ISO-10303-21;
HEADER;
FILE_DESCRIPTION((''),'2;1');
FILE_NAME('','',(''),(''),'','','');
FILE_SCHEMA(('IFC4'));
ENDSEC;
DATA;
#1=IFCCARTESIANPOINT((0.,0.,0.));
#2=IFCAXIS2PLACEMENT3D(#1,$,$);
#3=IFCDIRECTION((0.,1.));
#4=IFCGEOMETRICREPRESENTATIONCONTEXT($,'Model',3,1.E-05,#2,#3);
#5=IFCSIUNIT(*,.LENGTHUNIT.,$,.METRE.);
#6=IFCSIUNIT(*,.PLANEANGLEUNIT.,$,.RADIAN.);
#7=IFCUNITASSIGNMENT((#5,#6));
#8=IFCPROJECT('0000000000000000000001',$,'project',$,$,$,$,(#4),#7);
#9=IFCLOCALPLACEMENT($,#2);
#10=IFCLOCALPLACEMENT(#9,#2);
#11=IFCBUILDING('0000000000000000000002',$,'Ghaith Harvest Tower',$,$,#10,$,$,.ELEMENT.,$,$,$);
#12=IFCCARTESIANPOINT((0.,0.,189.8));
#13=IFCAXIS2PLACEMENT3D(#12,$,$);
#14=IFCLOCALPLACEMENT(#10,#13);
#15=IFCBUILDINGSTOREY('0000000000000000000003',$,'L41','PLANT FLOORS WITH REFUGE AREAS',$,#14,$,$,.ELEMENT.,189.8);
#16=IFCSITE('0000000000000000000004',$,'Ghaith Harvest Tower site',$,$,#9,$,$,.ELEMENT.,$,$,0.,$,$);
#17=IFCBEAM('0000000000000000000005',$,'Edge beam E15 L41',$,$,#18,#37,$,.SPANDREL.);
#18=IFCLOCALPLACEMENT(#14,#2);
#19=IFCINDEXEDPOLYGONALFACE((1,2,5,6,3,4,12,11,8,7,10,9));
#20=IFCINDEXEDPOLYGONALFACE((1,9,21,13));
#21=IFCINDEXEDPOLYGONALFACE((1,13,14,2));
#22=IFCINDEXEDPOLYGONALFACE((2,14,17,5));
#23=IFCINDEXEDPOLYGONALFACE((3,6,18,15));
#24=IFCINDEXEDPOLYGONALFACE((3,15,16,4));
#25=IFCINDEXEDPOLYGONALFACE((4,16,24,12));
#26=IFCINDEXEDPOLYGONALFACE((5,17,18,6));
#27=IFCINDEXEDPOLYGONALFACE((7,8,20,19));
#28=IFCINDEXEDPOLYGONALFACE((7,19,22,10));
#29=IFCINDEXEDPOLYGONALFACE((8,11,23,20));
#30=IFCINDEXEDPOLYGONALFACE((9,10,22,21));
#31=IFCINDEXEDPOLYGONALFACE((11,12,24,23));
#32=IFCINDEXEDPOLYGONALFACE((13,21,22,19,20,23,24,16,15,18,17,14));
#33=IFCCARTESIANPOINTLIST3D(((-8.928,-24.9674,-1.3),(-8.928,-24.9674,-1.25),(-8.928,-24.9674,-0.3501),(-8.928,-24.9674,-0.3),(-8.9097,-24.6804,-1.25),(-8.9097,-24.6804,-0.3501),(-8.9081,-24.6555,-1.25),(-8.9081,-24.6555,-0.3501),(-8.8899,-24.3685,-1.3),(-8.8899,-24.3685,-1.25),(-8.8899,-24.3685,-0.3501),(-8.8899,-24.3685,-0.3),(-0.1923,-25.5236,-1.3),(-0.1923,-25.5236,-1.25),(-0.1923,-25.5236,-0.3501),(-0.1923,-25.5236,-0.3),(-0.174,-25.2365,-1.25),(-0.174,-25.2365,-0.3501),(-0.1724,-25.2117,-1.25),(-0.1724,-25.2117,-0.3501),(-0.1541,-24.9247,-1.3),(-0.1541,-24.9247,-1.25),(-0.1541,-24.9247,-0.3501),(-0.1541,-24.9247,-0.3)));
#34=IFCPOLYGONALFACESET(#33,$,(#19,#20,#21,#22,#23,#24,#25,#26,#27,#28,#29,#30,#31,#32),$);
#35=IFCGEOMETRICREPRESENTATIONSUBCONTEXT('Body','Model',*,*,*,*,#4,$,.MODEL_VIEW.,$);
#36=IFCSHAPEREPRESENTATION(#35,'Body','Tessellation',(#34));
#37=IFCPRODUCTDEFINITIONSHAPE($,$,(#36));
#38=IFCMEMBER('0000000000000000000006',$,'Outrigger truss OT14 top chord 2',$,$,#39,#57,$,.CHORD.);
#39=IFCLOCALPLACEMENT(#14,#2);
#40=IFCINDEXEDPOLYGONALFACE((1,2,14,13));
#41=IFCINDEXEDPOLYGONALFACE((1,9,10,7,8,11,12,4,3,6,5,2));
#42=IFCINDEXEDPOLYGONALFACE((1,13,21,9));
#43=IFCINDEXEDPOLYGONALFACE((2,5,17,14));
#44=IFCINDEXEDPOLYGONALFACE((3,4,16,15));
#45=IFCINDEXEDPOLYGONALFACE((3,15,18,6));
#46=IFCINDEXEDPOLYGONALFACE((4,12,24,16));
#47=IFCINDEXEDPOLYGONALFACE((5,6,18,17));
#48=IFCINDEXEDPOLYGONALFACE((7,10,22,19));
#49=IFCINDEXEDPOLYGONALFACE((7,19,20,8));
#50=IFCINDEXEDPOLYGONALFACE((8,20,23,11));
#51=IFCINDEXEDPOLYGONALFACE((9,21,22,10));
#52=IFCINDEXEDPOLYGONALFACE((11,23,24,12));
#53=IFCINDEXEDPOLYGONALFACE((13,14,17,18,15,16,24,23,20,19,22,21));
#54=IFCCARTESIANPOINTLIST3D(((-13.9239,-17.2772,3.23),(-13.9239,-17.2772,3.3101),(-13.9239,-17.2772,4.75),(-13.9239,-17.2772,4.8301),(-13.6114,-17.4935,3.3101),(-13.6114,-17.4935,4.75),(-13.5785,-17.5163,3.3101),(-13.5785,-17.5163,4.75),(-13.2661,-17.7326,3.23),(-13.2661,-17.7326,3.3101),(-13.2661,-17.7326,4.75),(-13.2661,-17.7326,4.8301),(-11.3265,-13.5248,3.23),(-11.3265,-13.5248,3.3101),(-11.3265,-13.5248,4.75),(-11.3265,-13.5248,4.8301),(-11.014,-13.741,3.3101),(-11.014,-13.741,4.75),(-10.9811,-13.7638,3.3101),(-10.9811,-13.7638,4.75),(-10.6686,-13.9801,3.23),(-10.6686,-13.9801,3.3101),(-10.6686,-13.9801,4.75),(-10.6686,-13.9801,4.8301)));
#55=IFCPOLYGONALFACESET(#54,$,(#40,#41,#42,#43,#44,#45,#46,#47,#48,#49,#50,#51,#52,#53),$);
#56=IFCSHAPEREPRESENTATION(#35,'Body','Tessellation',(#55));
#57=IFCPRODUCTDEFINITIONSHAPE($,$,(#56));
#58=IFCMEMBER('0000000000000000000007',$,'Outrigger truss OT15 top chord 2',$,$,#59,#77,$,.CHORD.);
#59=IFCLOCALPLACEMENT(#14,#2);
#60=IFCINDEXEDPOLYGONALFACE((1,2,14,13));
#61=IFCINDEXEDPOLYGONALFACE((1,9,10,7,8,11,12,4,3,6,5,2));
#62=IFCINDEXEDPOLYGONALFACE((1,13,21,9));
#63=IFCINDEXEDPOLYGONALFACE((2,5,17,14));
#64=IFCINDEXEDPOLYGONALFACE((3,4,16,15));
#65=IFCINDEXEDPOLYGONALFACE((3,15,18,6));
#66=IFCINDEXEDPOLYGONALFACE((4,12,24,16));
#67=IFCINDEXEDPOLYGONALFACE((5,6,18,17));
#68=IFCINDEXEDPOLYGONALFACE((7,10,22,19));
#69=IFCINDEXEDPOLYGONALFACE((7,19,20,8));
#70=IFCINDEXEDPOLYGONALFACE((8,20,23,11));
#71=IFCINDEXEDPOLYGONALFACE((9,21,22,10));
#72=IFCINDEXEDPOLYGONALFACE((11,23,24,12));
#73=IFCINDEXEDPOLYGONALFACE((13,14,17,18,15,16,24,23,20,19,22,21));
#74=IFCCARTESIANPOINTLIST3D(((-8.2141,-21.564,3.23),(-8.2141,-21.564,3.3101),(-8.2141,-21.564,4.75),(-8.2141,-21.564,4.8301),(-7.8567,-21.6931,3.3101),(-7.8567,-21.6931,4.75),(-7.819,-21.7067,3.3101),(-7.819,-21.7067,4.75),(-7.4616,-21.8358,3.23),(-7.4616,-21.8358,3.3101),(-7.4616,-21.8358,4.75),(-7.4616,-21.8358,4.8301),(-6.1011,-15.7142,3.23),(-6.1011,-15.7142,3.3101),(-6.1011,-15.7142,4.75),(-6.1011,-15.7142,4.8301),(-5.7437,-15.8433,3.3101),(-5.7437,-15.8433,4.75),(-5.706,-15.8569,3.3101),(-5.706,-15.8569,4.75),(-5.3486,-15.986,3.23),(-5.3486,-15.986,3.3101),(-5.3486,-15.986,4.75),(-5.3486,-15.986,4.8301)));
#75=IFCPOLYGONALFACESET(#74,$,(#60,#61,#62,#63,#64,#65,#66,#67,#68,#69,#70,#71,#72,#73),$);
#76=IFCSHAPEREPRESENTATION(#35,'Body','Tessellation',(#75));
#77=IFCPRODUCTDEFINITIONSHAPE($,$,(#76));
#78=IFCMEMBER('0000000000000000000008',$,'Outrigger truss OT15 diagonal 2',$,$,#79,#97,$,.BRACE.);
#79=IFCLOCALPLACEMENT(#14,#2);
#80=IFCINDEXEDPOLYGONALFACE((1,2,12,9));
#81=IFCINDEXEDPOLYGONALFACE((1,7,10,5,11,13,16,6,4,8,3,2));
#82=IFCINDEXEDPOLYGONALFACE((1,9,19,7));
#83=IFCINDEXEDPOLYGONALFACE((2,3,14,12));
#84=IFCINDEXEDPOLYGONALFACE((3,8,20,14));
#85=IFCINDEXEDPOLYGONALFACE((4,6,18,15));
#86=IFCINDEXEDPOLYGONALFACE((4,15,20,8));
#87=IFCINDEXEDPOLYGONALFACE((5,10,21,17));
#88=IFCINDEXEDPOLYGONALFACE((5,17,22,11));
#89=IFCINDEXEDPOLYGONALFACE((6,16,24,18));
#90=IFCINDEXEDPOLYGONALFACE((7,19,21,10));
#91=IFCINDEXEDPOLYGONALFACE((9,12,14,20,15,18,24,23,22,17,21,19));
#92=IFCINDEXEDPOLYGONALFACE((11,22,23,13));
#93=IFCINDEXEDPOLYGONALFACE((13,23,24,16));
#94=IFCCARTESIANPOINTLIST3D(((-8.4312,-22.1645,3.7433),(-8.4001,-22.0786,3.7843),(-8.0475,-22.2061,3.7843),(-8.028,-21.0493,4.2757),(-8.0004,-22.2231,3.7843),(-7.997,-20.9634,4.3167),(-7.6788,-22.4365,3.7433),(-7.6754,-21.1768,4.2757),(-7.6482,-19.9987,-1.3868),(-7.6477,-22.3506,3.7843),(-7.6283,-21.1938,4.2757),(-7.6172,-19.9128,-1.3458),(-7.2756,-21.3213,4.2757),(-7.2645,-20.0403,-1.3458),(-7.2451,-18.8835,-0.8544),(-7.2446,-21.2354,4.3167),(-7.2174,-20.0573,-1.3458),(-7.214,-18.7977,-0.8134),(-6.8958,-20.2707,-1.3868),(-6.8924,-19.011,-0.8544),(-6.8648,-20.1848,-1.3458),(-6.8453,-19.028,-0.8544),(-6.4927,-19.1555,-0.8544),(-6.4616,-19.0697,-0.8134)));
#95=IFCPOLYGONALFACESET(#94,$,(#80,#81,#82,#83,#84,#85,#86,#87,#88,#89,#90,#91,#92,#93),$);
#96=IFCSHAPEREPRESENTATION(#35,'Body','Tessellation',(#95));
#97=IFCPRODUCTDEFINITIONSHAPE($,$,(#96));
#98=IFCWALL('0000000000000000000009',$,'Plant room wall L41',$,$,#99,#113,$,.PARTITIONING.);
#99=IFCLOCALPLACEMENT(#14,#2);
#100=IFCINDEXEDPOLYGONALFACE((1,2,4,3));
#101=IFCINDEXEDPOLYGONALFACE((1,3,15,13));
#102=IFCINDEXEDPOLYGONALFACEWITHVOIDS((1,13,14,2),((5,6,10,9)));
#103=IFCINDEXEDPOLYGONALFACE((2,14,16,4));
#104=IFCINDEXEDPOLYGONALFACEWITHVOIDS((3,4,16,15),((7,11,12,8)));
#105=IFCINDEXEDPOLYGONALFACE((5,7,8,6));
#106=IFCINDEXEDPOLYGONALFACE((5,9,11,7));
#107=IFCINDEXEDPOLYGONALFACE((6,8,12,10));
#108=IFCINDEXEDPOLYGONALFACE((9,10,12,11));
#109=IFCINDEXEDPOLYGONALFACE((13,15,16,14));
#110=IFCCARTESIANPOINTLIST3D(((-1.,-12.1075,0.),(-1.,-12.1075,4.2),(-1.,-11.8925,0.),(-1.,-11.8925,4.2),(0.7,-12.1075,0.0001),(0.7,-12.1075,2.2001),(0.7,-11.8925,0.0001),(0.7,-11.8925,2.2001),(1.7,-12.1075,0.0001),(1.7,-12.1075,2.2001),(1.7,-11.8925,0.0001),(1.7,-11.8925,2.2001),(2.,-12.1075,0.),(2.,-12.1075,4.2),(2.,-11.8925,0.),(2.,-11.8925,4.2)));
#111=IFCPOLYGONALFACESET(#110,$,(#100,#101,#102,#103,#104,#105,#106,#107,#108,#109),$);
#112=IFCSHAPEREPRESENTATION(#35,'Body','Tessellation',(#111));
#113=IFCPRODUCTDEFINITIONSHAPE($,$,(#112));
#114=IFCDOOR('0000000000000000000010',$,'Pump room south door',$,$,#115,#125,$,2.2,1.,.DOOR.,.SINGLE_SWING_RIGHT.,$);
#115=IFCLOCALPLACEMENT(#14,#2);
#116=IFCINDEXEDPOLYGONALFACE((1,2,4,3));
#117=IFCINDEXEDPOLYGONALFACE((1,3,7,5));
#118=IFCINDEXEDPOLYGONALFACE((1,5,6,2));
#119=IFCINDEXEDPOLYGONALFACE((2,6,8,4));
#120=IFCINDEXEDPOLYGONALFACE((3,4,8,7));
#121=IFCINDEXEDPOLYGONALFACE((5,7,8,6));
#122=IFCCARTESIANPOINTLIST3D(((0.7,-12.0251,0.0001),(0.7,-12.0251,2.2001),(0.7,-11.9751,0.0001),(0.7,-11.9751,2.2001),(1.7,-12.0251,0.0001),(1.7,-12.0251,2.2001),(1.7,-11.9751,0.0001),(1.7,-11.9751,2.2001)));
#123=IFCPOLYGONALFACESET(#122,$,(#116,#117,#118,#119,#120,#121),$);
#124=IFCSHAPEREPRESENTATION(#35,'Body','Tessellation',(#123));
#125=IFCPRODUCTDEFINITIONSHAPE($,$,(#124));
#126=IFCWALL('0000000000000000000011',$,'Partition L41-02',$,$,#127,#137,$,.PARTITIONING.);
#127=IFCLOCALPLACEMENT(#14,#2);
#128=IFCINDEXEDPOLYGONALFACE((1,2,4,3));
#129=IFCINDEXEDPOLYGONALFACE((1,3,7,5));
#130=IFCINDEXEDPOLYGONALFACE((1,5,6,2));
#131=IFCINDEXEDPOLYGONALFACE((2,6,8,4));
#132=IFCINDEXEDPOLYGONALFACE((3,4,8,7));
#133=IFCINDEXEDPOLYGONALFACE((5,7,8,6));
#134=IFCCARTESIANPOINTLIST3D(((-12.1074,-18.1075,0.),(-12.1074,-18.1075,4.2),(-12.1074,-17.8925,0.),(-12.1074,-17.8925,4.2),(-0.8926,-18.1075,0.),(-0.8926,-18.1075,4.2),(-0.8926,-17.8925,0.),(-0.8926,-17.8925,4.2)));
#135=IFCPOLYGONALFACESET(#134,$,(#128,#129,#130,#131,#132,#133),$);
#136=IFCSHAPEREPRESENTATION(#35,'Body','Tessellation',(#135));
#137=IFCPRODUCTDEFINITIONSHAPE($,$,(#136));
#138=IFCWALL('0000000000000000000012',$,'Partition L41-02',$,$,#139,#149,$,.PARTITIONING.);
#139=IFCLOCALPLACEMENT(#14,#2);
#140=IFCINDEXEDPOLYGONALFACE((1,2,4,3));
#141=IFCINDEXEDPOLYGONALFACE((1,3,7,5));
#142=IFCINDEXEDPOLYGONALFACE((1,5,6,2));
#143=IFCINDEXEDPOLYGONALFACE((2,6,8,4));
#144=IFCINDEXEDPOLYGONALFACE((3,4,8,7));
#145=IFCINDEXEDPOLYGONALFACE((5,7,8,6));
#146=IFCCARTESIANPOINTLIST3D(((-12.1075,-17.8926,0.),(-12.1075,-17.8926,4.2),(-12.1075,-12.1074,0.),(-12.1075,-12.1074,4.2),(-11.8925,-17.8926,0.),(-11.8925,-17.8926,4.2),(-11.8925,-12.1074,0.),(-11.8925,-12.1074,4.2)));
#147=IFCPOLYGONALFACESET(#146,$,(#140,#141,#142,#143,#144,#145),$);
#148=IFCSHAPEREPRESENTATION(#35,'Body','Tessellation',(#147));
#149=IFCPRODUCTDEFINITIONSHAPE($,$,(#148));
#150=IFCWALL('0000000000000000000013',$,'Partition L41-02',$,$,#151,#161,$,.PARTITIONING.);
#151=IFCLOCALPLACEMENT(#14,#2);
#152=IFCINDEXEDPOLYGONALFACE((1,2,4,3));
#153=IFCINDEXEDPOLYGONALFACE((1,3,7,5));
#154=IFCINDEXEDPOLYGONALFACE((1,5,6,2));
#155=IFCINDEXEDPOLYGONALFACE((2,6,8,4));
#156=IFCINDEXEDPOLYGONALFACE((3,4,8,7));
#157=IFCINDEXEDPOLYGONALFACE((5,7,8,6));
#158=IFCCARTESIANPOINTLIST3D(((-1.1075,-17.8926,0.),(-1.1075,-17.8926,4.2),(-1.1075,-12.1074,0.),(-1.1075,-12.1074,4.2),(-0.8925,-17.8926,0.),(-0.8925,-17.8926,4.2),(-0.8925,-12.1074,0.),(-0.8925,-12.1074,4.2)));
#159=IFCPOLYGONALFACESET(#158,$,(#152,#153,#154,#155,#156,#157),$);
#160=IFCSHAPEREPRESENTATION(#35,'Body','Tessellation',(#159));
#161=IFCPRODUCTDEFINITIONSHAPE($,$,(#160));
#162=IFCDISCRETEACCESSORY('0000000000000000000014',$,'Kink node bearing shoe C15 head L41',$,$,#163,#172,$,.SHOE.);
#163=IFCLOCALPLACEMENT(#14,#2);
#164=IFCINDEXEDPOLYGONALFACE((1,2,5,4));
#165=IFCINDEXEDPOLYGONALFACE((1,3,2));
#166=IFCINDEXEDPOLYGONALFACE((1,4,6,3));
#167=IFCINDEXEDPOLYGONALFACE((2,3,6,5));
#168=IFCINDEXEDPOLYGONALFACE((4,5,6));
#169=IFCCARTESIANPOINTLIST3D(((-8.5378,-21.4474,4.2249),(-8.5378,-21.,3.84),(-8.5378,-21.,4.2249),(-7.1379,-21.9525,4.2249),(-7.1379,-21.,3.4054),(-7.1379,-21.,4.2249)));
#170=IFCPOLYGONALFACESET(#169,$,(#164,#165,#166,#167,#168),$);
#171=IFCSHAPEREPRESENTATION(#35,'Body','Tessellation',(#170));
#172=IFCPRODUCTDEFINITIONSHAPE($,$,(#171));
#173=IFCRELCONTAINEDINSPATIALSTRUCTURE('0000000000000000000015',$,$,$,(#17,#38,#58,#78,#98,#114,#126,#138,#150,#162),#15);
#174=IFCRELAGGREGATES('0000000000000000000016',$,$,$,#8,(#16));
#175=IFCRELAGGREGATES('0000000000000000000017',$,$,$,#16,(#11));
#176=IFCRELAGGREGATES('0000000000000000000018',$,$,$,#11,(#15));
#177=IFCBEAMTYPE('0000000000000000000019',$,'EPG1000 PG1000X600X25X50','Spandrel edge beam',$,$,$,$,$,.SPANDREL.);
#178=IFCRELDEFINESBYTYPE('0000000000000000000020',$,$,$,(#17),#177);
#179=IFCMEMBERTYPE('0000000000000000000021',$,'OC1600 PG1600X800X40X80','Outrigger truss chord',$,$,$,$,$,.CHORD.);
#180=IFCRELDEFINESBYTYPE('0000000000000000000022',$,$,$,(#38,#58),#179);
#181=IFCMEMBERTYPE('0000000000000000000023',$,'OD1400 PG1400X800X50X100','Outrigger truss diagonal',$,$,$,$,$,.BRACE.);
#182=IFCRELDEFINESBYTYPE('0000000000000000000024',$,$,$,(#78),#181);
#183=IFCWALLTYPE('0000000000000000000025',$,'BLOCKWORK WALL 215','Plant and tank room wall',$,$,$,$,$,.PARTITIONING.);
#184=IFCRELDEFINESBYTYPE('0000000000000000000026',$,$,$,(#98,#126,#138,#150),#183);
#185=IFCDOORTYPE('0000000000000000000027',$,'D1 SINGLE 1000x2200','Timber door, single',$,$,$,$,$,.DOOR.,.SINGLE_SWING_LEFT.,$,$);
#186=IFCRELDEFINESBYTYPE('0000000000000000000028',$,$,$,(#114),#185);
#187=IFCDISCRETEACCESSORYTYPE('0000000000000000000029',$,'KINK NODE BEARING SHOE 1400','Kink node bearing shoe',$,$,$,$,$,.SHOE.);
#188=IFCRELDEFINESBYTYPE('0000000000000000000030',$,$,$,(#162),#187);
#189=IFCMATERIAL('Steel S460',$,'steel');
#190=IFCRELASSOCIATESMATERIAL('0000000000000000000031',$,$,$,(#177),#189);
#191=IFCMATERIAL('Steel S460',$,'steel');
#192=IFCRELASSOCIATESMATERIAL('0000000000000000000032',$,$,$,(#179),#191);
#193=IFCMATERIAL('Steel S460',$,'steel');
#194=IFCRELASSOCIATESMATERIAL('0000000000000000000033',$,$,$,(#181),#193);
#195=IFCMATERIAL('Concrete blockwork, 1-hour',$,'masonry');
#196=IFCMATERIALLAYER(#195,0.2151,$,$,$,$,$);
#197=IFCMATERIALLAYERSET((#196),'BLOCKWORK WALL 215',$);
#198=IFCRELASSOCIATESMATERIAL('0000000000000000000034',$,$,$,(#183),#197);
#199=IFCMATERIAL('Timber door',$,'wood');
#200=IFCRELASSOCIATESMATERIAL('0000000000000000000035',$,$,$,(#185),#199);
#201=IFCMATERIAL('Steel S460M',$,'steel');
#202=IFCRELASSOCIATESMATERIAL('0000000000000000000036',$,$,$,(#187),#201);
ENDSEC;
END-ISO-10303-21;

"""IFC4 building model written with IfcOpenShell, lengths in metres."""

from ifc_helpers import new_model, si_unit, direction, frame, frame_2d, origin, origin_2d, place, context, subcontext, project, spatial, rectangle, i_section, extrude, clip, halfspace, material, layer, layer_set, material_profile, profile_set, type_object, element, fill, save


model = new_model("IFC4")

# Units and contexts
model_context = context("Model", 3, precision=1e-05, world=origin(), true_north=direction((0.0, 1.0)))
body_context = subcontext(model_context, "Body", "Model", "MODEL_VIEW")
ifc_project = project(units=[si_unit("LENGTHUNIT", "METRE"), si_unit("PLANEANGLEUNIT", "RADIAN")], contexts=[model_context])

# Site, building, storey
site_placement = place(None, origin())
site = spatial("IfcSite", under=ifc_project, at=site_placement, Name="Ghaith Harvest Tower site", CompositionType="ELEMENT", RefElevation=0.0)
building_placement = place(site_placement, origin())
building = spatial("IfcBuilding", under=site, at=building_placement, Name="Ghaith Harvest Tower", CompositionType="ELEMENT")
storey_placement = place(building_placement, frame((0.0, 0.0, 189.8)))
storey = spatial("IfcBuildingStorey", under=building, at=storey_placement, Name="L41", Description="PLANT FLOORS WITH REFUGE AREAS", CompositionType="ELEMENT", Elevation=189.8)

# Beam
ifc_material_1 = material(Name="Steel S460", Category="steel")
ifc_material_profile_1 = material_profile(ifc_material_1, i_section(OverallWidth=0.6001, OverallDepth=1.0, WebThickness=0.0249, FlangeThickness=0.05, at=origin_2d()), Name="PG1000X600X25X50")
ifc_profile_set_1 = profile_set([ifc_material_profile_1], Name="Steel S460")
beam_type = type_object("IfcBeamType", Name="EPG1000 PG1000X600X25X50", Description="Spandrel edge beam", PredefinedType="SPANDREL", material=ifc_profile_set_1)
beam_placement = place(storey_placement, frame((-8.9089, -24.668, -0.8), z_axis=(0.99798, -0.063535, 0.0), x_axis=(0.063535, 0.99798, 0.0)))
element("IfcBeam", 1, at=beam_placement, inside=storey, type_object=beam_type, Name="Edge beam E15 L41", PredefinedType="SPANDREL", context=body_context, shape_type="SweptSolid", body=[
    extrude(i_section(OverallWidth=0.6001, OverallDepth=1.0, WebThickness=0.0249, FlangeThickness=0.05, at=origin_2d()), origin(), (0.0, 0.0, 1.0), 8.7534),
])

# Members
ifc_material_2 = material(Name="Steel S460", Category="steel")
ifc_material_profile_2 = material_profile(ifc_material_2, i_section(OverallWidth=0.8, OverallDepth=1.6001, WebThickness=0.04, FlangeThickness=0.0801, at=origin_2d()), Name="PG1600X800X40X80")
ifc_profile_set_2 = profile_set([ifc_material_profile_2], Name="Steel S460")
member_type_1 = type_object("IfcMemberType", Name="OC1600 PG1600X800X40X80", Description="Outrigger truss chord", PredefinedType="CHORD", material=ifc_profile_set_2)
member_1_placement = place(storey_placement, frame((-10.9976, -13.7524, 4.03), z_axis=(-0.569146, -0.822236, 0.0), x_axis=(0.822236, -0.569146, 0.0)))
element("IfcMember", 2, at=member_1_placement, inside=storey, type_object=member_type_1, Name="Outrigger truss OT14 top chord 2", PredefinedType="CHORD", context=body_context, shape_type="SweptSolid", body=[
    extrude(i_section(OverallWidth=0.8, OverallDepth=1.6001, WebThickness=0.04, FlangeThickness=0.0801, at=origin_2d()), origin(), (0.0, 0.0, 1.0), 4.5637),
])
member_2_placement = place(storey_placement, frame((-5.7249, -15.8501, 4.03), z_axis=(-0.339728, -0.940524, 0.0), x_axis=(0.940524, -0.339728, 0.0)))
element("IfcMember", 3, at=member_2_placement, inside=storey, type_object=member_type_1, Name="Outrigger truss OT15 top chord 2", PredefinedType="CHORD", context=body_context, shape_type="SweptSolid", body=[
    extrude(i_section(OverallWidth=0.8, OverallDepth=1.6001, WebThickness=0.04, FlangeThickness=0.0801, at=origin_2d()), origin(), (0.0, 0.0, 1.0), 6.2197),
])
ifc_material_3 = material(Name="Steel S460", Category="steel")
ifc_material_profile_3 = material_profile(ifc_material_3, i_section(OverallWidth=0.8, OverallDepth=1.3999, WebThickness=0.05, FlangeThickness=0.1001, at=origin_2d()), Name="PG1400X800X50X100")
ifc_profile_set_3 = profile_set([ifc_material_profile_3], Name="Steel S460")
member_type_2 = type_object("IfcMemberType", Name="OD1400 PG1400X800X50X100", Description="Outrigger truss diagonal", PredefinedType="BRACE", material=ifc_profile_set_3)
member_3_placement = place(storey_placement, frame((-7.0549, -19.5342, -1.1001), z_axis=(-0.139234, -0.385141, 0.912294), x_axis=(0.940432, -0.33998, 0.0)))
element("IfcMember", 4, at=member_3_placement, inside=storey, type_object=member_type_2, Name="Outrigger truss OT15 diagonal 2", PredefinedType="BRACE", context=body_context, shape_type="SweptSolid", body=[
    extrude(i_section(OverallWidth=0.8, OverallDepth=1.3999, WebThickness=0.05, FlangeThickness=0.1001, at=origin_2d()), origin(), (0.0, 0.0, 1.0), 5.6233),
])

# Wall, opening, door
ifc_material_4 = material(Name="Concrete blockwork, 1-hour", Category="masonry")
ifc_layer = layer(ifc_material_4, 0.2151)
ifc_layer_set = layer_set([ifc_layer], Name="BLOCKWORK WALL 215")
wall_type = type_object("IfcWallType", Name="BLOCKWORK WALL 215", Description="Plant and tank room wall", PredefinedType="PARTITIONING", material=ifc_layer_set)
wall_1_placement = place(storey_placement, frame((-1.0, -12.0, 0.0), z_axis=(0.0, 0.0, 1.0), x_axis=(1.0, 0.0, 0.0)))
wall_1 = element("IfcWall", 5, at=wall_1_placement, inside=storey, type_object=wall_type, Name="Plant room wall L41", PredefinedType="PARTITIONING", context=body_context, shape_type="SweptSolid", body=[
    extrude(rectangle(XDim=3.0, YDim=0.2151, at=frame_2d((1.5, 0.0))), origin(), (0.0, 0.0, 1.0), 4.2),
])
opening_1_placement = place(wall_1_placement, frame((1.7, 0.0, 0.0)))
opening_1 = element("IfcOpeningElement", 6, at=opening_1_placement, cuts=wall_1, PredefinedType="OPENING", context=body_context, shape_type="SweptSolid", body=[
    extrude(rectangle(XDim=1.0, YDim=2.2, at=frame_2d((0.5, 1.1001))), frame((0.0, 0.1177, 0.0), z_axis=(0.0, -1.0, 0.0), x_axis=(1.0, 0.0, 0.0)), (0.0, 0.0, 1.0), 0.2351),
])
ifc_material_5 = material(Name="Timber door", Category="wood")
door_type_1 = type_object("IfcDoorType", Name="D1 SINGLE 1000x2200", Description="Timber door, single", OperationType="SINGLE_SWING_LEFT", PredefinedType="DOOR", material=ifc_material_5)
door_1_placement = place(opening_1_placement, origin())
door_1 = element("IfcDoor", 7, at=door_1_placement, inside=storey, type_object=door_type_1, Name="Pump room south door", OperationType="SINGLE_SWING_RIGHT", OverallHeight=2.2, OverallWidth=1.0, PredefinedType="DOOR", context=body_context, shape_type="SweptSolid", body=[
    extrude(rectangle(XDim=1.0, YDim=2.2, at=frame_2d((0.5, 1.1001))), frame((0.0, 0.0249, 0.0), z_axis=(0.0, -1.0, 0.0), x_axis=(1.0, 0.0, 0.0)), (0.0, 0.0, 1.0), 0.05),
])
fill(opening_1, door_1)

# Wall
wall_2_placement = place(storey_placement, frame((-12.1074, -18.0, 0.0), z_axis=(0.0, 0.0, 1.0), x_axis=(1.0, 0.0, 0.0)))
element("IfcWall", 8, at=wall_2_placement, inside=storey, type_object=wall_type, Name="Partition L41-02", PredefinedType="PARTITIONING", context=body_context, shape_type="SweptSolid", body=[
    extrude(rectangle(XDim=11.2148, YDim=0.2151, at=frame_2d((5.6074, 0.0))), origin(), (0.0, 0.0, 1.0), 4.2),
])

# Walls
for number, where, z_axis, x_axis, name in (
    (9, (-12.0, -17.8926, 0.0), (0.0, 0.0, 1.0), (0.0, 1.0, 0.0), "Partition L41-02"),
    (10, (-1.0, -17.8926, 0.0), (0.0, 0.0, 1.0), (0.0, 1.0, 0.0), "Partition L41-02"),
):
    element("IfcWall", number, at=place(storey_placement, frame(where, z_axis=z_axis, x_axis=x_axis)), inside=storey, type_object=wall_type, Name=name, PredefinedType="PARTITIONING", context=body_context, shape_type="SweptSolid", body=[
        extrude(rectangle(XDim=5.7852, YDim=0.2151, at=frame_2d((2.8926, 0.0))), origin(), (0.0, 0.0, 1.0), 4.2),
    ])

# Discrete accessory
ifc_material_6 = material(Name="Steel S460M", Category="steel")
ifc_material_profile_4 = material_profile(ifc_material_6, rectangle(XDim=1.3999, YDim=1.3999, at=origin_2d()), Name="KINK NODE BEARING SHOE 1400")
ifc_profile_set_4 = profile_set([ifc_material_profile_4], Name="Steel S460M")
discrete_accessory_type = type_object("IfcDiscreteAccessoryType", Name="KINK NODE BEARING SHOE 1400", Description="Kink node bearing shoe", PredefinedType="SHOE", material=ifc_profile_set_4)
discrete_accessory_1_placement = place(storey_placement, frame((-7.8379, -21.7, 3.3955), z_axis=(0.0, 0.0, 1.0), x_axis=(1.0, 0.0, 0.0)))
element("IfcDiscreteAccessory", 11, at=discrete_accessory_1_placement, inside=storey, type_object=discrete_accessory_type, Name="Kink node bearing shoe C15 head L41", PredefinedType="SHOE", context=body_context, shape_type="Clipping", body=[
    clip(extrude(rectangle(XDim=1.3999, YDim=1.3999, at=origin_2d()), origin(), (0.0, 0.0, 1.0), 0.8293), halfspace(frame((0.0, 0.0, 0.8293), z_axis=(-0.229076, -0.634824, -0.737918), x_axis=(1.0, 0.0, 0.0)), False)),
])

save(model, "model.ifc")
